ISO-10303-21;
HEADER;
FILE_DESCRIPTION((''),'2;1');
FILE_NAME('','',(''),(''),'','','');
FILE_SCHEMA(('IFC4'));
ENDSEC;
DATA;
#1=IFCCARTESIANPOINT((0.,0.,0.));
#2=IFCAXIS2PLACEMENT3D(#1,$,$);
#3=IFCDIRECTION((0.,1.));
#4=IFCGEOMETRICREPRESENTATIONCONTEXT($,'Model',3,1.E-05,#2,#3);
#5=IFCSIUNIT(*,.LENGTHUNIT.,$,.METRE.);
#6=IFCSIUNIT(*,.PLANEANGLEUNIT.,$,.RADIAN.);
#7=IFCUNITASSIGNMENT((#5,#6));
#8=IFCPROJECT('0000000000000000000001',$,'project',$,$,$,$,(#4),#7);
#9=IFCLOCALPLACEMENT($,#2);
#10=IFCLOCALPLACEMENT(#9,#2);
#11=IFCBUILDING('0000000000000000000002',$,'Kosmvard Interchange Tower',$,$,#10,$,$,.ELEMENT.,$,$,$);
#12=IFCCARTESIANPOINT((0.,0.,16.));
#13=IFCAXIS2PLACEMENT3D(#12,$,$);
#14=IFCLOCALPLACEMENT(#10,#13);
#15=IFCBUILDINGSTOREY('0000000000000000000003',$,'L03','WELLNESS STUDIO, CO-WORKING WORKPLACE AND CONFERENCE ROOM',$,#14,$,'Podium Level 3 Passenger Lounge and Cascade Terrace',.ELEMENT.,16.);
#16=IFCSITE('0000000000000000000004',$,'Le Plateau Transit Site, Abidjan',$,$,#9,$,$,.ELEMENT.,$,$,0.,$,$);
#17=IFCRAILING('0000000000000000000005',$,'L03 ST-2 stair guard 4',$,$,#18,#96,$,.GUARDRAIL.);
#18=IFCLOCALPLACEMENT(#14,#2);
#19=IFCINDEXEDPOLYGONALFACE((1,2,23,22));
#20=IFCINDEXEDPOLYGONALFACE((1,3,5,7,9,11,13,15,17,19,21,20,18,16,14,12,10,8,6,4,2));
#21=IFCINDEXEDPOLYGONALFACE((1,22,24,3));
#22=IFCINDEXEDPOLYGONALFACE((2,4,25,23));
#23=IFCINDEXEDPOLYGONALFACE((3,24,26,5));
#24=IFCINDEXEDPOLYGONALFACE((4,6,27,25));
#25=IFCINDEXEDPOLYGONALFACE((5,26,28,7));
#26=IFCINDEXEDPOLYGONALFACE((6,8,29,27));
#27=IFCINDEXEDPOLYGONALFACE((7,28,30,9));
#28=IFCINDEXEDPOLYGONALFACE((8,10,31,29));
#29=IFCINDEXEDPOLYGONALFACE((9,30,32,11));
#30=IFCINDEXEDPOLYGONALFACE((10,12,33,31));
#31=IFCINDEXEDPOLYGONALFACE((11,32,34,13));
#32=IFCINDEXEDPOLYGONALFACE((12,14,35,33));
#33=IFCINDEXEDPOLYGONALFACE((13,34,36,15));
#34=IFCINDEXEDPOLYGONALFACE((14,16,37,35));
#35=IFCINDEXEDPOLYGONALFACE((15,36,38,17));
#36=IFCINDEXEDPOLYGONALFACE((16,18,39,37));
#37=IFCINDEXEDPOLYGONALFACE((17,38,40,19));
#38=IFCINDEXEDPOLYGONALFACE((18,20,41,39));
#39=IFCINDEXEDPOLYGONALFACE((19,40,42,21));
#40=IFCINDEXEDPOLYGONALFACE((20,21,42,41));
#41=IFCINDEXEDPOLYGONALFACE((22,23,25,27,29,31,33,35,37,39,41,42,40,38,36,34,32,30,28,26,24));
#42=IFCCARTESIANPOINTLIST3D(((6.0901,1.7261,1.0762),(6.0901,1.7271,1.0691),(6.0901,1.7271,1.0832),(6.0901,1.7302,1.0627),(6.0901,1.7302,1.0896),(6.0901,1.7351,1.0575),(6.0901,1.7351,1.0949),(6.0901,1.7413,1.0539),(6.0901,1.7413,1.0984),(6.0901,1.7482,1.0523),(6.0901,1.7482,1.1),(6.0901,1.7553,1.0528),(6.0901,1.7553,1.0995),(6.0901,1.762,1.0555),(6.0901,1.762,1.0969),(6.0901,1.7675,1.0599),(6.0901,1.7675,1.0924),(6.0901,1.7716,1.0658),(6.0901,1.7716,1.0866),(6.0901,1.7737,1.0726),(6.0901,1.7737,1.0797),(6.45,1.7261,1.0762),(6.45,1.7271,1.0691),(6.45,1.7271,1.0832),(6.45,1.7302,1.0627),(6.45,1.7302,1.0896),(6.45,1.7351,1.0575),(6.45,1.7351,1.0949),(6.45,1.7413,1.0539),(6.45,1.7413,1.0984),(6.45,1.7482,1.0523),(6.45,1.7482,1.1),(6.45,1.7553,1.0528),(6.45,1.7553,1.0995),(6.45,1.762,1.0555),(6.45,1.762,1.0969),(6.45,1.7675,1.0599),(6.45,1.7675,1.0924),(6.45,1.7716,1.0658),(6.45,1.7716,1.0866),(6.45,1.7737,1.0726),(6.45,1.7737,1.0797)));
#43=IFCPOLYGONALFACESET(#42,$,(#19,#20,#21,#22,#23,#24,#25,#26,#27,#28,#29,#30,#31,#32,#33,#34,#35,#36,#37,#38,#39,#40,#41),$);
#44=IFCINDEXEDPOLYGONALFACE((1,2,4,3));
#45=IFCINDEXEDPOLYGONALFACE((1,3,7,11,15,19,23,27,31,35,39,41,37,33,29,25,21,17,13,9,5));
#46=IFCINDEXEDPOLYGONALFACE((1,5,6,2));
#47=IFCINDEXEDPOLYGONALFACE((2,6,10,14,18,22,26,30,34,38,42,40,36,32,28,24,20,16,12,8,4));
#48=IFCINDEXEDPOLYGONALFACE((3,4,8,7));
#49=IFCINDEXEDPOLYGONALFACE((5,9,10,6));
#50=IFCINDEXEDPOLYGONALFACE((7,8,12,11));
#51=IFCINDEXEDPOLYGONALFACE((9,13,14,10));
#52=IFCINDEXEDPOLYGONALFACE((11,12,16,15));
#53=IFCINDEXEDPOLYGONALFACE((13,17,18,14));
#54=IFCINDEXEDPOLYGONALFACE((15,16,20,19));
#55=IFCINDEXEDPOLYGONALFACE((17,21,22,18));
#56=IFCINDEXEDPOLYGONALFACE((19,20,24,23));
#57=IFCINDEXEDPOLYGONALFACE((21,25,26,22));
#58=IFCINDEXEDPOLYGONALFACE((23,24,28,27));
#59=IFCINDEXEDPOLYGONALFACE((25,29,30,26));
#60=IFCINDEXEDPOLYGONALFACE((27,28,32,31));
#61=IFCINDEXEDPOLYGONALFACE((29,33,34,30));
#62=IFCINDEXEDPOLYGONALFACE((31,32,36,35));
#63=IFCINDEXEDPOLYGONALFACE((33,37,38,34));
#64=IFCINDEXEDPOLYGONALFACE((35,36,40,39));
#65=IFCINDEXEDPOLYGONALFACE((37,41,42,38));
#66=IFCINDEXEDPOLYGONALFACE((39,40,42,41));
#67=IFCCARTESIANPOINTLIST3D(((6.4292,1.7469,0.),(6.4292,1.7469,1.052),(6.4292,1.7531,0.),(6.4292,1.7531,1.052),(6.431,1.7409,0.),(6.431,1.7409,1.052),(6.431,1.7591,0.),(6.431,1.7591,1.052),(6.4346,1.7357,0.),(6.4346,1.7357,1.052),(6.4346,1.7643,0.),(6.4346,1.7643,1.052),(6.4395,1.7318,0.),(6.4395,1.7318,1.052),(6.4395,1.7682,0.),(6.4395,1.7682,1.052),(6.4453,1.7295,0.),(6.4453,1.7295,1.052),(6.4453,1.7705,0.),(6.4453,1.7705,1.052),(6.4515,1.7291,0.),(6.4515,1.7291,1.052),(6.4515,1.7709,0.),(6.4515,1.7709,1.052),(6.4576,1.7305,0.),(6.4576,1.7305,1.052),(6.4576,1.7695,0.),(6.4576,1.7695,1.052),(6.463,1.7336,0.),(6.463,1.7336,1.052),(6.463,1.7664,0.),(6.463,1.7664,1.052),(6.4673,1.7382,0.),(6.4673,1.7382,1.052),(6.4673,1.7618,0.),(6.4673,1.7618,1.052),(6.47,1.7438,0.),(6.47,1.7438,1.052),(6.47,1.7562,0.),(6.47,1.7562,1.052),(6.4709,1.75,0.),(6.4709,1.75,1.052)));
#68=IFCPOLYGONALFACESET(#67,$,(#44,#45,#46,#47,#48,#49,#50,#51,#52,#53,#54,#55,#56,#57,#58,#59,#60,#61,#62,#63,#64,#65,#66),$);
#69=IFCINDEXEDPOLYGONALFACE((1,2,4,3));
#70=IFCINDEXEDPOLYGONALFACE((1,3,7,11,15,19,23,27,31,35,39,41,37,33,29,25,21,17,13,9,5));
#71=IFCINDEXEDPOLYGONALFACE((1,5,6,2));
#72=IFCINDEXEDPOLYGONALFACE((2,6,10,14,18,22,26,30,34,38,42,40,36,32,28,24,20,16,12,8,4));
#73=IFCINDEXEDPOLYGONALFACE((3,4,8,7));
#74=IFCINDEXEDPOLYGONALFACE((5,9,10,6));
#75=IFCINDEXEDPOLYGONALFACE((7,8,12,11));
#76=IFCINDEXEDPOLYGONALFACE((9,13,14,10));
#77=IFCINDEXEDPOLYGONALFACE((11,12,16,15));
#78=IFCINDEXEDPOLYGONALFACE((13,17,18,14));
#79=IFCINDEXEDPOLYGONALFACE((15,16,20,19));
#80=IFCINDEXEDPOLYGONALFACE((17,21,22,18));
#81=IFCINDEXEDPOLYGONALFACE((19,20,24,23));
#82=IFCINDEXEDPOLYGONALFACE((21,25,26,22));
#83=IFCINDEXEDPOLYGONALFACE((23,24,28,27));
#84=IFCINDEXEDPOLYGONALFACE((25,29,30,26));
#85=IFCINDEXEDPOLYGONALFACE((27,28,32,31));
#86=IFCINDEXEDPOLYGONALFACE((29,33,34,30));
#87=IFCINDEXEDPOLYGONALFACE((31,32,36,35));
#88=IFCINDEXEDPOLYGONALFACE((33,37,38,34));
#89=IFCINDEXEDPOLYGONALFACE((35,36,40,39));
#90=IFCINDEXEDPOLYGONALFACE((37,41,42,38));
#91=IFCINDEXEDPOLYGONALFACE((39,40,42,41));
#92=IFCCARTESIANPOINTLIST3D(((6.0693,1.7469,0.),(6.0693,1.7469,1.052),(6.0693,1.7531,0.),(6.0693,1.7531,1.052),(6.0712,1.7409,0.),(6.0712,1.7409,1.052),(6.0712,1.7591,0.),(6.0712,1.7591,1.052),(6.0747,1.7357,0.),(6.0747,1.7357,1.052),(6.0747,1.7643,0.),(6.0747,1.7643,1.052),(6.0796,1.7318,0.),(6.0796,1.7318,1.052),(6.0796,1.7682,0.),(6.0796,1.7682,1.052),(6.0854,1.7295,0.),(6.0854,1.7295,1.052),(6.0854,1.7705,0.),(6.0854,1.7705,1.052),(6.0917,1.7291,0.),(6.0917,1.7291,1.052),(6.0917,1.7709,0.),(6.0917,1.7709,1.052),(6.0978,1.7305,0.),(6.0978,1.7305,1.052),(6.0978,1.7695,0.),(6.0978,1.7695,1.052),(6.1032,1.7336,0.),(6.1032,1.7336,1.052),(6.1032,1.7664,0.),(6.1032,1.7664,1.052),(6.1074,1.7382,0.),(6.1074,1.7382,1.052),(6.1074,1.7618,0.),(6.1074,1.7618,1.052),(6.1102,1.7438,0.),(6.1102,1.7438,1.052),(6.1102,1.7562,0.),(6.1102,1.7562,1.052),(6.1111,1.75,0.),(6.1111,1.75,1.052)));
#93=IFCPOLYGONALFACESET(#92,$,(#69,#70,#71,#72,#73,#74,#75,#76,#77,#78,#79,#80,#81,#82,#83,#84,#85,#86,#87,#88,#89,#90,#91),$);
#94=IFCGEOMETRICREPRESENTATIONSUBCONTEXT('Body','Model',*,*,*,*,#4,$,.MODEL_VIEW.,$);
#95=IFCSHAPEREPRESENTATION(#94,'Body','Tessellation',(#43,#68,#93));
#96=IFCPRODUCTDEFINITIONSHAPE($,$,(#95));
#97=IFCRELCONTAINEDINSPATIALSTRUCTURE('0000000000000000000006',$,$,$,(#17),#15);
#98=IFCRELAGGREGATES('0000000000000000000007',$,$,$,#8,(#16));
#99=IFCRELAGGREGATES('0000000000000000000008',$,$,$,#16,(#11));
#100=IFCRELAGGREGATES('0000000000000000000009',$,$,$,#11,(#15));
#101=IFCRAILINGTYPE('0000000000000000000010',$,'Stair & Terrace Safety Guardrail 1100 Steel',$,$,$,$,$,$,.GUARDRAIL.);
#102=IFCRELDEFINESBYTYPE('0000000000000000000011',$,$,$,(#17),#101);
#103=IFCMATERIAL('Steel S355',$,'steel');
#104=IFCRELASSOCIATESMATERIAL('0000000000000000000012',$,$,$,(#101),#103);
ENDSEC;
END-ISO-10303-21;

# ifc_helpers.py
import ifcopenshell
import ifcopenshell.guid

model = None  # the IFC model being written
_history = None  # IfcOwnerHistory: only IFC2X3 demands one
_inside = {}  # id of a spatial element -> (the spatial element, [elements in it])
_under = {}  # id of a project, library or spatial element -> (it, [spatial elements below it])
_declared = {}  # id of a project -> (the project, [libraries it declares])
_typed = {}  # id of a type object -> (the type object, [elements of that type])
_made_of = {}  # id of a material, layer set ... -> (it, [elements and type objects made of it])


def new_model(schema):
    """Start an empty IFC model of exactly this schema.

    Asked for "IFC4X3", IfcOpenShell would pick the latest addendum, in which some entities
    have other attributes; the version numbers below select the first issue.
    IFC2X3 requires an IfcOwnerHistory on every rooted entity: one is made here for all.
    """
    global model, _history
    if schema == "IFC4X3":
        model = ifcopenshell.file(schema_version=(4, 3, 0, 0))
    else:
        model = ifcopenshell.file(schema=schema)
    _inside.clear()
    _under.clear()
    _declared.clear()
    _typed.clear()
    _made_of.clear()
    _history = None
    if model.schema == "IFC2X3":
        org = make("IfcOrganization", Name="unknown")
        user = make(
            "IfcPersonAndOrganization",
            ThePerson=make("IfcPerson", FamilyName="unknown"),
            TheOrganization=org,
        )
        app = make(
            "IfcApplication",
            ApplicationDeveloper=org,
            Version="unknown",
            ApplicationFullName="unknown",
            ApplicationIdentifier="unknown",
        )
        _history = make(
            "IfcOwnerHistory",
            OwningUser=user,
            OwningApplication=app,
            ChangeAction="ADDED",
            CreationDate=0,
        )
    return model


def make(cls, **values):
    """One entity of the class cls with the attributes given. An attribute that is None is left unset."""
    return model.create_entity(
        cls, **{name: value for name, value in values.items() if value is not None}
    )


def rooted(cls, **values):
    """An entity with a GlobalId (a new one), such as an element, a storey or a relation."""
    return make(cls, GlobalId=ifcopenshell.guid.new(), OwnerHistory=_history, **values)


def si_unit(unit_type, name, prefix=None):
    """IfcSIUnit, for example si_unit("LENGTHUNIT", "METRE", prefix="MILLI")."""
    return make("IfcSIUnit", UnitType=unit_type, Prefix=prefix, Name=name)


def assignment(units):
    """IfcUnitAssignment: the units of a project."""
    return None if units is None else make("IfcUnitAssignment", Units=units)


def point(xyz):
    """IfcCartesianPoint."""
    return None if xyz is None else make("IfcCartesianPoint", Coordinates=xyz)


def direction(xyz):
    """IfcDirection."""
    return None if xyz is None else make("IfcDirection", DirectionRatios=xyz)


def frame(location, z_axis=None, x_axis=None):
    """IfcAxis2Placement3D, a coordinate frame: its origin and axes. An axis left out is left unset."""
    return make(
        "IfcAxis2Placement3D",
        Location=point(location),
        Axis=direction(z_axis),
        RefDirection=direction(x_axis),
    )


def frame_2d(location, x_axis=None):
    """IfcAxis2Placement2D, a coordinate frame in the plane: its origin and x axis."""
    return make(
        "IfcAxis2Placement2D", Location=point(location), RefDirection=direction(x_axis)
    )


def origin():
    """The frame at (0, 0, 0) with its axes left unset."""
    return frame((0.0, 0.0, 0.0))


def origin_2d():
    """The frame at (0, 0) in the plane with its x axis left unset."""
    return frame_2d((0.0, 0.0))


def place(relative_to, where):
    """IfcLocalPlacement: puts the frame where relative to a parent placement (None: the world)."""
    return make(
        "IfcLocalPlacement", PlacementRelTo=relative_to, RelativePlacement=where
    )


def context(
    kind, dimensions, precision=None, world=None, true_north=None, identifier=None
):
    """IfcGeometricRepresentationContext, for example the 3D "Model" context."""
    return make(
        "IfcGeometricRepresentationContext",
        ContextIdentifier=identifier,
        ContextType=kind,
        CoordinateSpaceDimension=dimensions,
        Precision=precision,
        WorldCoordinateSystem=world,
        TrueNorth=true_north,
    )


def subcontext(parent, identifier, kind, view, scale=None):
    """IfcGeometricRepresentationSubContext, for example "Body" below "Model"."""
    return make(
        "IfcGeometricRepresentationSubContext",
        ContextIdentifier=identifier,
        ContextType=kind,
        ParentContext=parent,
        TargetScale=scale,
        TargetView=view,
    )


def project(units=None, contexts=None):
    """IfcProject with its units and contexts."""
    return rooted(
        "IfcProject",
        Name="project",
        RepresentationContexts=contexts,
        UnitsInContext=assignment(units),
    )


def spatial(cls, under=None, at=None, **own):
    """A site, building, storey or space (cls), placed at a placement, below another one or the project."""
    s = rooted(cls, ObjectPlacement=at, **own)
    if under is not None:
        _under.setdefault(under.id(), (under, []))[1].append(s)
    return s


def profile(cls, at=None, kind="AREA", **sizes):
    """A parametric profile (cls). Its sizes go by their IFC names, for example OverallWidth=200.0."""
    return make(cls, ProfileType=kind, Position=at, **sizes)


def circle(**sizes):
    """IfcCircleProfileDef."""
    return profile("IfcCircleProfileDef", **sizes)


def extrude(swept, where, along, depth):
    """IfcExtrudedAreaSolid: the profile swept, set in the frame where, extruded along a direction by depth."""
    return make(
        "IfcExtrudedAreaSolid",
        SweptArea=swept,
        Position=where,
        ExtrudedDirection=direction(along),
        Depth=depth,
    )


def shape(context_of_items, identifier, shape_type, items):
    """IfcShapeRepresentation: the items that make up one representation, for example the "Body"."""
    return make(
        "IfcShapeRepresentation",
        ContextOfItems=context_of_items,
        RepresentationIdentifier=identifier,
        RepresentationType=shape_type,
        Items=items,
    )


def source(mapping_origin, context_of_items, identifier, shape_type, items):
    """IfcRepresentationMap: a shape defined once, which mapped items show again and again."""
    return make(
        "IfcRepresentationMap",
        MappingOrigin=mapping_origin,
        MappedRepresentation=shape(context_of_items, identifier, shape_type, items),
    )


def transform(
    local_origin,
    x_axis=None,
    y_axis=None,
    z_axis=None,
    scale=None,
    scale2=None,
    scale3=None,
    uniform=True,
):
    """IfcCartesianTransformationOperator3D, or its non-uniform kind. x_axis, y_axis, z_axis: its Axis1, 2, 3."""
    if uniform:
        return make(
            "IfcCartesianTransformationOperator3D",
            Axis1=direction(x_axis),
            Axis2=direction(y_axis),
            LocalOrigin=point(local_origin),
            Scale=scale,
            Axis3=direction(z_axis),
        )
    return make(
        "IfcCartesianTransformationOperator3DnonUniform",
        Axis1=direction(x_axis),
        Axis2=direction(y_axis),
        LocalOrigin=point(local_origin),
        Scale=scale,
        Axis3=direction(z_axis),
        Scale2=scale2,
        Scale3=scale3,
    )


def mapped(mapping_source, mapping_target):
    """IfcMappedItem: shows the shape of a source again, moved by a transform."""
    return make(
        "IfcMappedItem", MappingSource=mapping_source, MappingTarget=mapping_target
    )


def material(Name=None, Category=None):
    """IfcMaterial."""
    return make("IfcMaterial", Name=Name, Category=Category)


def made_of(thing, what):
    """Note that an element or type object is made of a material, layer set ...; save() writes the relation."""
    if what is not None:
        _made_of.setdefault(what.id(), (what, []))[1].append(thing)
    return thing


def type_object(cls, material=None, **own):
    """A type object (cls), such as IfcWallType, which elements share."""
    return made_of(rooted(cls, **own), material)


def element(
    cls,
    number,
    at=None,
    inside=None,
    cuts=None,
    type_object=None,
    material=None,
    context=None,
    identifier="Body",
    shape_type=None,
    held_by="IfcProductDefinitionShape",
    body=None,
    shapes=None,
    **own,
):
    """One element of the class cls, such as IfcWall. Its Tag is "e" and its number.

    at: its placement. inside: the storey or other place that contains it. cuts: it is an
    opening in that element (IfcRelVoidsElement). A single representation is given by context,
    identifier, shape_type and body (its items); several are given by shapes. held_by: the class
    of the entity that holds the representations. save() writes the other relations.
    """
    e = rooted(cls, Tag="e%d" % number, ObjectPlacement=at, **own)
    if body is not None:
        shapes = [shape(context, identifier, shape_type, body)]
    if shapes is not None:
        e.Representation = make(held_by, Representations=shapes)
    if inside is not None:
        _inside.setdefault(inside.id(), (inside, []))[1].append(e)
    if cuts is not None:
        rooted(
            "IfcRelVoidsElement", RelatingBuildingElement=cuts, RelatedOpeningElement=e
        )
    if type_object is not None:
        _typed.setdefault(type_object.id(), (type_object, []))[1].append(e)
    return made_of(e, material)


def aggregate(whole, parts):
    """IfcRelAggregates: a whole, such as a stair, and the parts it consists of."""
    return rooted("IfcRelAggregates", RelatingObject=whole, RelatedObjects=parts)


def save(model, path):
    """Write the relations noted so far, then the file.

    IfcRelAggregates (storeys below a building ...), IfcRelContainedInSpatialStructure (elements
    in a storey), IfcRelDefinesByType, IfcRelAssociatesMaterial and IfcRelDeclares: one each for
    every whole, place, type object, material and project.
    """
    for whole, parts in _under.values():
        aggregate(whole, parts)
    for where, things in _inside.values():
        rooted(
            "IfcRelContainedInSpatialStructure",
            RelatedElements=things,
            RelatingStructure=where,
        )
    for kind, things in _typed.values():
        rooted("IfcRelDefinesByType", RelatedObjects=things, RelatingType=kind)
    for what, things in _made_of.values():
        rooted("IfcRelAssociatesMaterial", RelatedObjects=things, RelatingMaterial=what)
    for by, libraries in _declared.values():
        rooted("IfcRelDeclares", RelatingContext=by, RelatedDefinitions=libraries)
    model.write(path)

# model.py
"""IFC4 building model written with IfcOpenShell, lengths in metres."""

from ifc_helpers import new_model, si_unit, direction, frame, origin, origin_2d, place, context, subcontext, project, spatial, circle, extrude, source, transform, mapped, material, type_object, element, save


model = new_model("IFC4")

# Units and contexts
model_context = context("Model", 3, precision=1e-05, world=origin(), true_north=direction((0.0, 1.0)))
body_context = subcontext(model_context, "Body", "Model", "MODEL_VIEW")
ifc_project = project(units=[si_unit("LENGTHUNIT", "METRE"), si_unit("PLANEANGLEUNIT", "RADIAN")], contexts=[model_context])

# Site, building, storey
site_placement = place(None, origin())
site = spatial("IfcSite", under=ifc_project, at=site_placement, Name="Le Plateau Transit Site, Abidjan", CompositionType="ELEMENT", RefElevation=0.0)
building_placement = place(site_placement, origin())
building = spatial("IfcBuilding", under=site, at=building_placement, Name="Kosmvard Interchange Tower", CompositionType="ELEMENT")
storey_placement = place(building_placement, frame((0.0, 0.0, 16.0)))
storey = spatial("IfcBuildingStorey", under=building, at=storey_placement, Name="L03", Description="WELLNESS STUDIO, CO-WORKING WORKPLACE AND CONFERENCE ROOM", LongName="Podium Level 3 Passenger Lounge and Cascade Terrace", CompositionType="ELEMENT", Elevation=16.0)

# Shared definitions
ifc_material_1 = material(Name="Steel S355", Category="steel")

# Railing
railing_type_1 = type_object("IfcRailingType", Name="Stair & Terrace Safety Guardrail 1100 Steel", PredefinedType="GUARDRAIL", material=ifc_material_1)
shared_shape_1 = source(origin(), body_context, "Body", "SweptSolid", [
    extrude(circle(Radius=0.0239, at=origin_2d()), frame((0.0, 0.0, 1.0762), z_axis=(-1.0, 0.0, 0.0), x_axis=(0.0, -1.0, 0.0)), (0.0, 0.0, 1.0), 0.3599),
    extrude(circle(Radius=0.021, at=origin_2d()), origin(), (0.0, 0.0, 1.0), 1.052),
    extrude(circle(Radius=0.021, at=origin_2d()), frame((-0.3599, 0.0, 0.0)), (0.0, 0.0, 1.0), 1.052),
])
for number, where, name in (
    (1, (6.45, 1.75, 0.0), "L03 ST-2 stair guard 4"),
):
    element("IfcRailing", number, at=place(storey_placement, frame(where)), inside=storey, type_object=railing_type_1, Name=name, PredefinedType="GUARDRAIL", context=body_context, shape_type="MappedRepresentation", body=[
        mapped(shared_shape_1, transform((0.0, 0.0, 0.0), scale=1.0)),
    ])

save(model, "model.ifc")
